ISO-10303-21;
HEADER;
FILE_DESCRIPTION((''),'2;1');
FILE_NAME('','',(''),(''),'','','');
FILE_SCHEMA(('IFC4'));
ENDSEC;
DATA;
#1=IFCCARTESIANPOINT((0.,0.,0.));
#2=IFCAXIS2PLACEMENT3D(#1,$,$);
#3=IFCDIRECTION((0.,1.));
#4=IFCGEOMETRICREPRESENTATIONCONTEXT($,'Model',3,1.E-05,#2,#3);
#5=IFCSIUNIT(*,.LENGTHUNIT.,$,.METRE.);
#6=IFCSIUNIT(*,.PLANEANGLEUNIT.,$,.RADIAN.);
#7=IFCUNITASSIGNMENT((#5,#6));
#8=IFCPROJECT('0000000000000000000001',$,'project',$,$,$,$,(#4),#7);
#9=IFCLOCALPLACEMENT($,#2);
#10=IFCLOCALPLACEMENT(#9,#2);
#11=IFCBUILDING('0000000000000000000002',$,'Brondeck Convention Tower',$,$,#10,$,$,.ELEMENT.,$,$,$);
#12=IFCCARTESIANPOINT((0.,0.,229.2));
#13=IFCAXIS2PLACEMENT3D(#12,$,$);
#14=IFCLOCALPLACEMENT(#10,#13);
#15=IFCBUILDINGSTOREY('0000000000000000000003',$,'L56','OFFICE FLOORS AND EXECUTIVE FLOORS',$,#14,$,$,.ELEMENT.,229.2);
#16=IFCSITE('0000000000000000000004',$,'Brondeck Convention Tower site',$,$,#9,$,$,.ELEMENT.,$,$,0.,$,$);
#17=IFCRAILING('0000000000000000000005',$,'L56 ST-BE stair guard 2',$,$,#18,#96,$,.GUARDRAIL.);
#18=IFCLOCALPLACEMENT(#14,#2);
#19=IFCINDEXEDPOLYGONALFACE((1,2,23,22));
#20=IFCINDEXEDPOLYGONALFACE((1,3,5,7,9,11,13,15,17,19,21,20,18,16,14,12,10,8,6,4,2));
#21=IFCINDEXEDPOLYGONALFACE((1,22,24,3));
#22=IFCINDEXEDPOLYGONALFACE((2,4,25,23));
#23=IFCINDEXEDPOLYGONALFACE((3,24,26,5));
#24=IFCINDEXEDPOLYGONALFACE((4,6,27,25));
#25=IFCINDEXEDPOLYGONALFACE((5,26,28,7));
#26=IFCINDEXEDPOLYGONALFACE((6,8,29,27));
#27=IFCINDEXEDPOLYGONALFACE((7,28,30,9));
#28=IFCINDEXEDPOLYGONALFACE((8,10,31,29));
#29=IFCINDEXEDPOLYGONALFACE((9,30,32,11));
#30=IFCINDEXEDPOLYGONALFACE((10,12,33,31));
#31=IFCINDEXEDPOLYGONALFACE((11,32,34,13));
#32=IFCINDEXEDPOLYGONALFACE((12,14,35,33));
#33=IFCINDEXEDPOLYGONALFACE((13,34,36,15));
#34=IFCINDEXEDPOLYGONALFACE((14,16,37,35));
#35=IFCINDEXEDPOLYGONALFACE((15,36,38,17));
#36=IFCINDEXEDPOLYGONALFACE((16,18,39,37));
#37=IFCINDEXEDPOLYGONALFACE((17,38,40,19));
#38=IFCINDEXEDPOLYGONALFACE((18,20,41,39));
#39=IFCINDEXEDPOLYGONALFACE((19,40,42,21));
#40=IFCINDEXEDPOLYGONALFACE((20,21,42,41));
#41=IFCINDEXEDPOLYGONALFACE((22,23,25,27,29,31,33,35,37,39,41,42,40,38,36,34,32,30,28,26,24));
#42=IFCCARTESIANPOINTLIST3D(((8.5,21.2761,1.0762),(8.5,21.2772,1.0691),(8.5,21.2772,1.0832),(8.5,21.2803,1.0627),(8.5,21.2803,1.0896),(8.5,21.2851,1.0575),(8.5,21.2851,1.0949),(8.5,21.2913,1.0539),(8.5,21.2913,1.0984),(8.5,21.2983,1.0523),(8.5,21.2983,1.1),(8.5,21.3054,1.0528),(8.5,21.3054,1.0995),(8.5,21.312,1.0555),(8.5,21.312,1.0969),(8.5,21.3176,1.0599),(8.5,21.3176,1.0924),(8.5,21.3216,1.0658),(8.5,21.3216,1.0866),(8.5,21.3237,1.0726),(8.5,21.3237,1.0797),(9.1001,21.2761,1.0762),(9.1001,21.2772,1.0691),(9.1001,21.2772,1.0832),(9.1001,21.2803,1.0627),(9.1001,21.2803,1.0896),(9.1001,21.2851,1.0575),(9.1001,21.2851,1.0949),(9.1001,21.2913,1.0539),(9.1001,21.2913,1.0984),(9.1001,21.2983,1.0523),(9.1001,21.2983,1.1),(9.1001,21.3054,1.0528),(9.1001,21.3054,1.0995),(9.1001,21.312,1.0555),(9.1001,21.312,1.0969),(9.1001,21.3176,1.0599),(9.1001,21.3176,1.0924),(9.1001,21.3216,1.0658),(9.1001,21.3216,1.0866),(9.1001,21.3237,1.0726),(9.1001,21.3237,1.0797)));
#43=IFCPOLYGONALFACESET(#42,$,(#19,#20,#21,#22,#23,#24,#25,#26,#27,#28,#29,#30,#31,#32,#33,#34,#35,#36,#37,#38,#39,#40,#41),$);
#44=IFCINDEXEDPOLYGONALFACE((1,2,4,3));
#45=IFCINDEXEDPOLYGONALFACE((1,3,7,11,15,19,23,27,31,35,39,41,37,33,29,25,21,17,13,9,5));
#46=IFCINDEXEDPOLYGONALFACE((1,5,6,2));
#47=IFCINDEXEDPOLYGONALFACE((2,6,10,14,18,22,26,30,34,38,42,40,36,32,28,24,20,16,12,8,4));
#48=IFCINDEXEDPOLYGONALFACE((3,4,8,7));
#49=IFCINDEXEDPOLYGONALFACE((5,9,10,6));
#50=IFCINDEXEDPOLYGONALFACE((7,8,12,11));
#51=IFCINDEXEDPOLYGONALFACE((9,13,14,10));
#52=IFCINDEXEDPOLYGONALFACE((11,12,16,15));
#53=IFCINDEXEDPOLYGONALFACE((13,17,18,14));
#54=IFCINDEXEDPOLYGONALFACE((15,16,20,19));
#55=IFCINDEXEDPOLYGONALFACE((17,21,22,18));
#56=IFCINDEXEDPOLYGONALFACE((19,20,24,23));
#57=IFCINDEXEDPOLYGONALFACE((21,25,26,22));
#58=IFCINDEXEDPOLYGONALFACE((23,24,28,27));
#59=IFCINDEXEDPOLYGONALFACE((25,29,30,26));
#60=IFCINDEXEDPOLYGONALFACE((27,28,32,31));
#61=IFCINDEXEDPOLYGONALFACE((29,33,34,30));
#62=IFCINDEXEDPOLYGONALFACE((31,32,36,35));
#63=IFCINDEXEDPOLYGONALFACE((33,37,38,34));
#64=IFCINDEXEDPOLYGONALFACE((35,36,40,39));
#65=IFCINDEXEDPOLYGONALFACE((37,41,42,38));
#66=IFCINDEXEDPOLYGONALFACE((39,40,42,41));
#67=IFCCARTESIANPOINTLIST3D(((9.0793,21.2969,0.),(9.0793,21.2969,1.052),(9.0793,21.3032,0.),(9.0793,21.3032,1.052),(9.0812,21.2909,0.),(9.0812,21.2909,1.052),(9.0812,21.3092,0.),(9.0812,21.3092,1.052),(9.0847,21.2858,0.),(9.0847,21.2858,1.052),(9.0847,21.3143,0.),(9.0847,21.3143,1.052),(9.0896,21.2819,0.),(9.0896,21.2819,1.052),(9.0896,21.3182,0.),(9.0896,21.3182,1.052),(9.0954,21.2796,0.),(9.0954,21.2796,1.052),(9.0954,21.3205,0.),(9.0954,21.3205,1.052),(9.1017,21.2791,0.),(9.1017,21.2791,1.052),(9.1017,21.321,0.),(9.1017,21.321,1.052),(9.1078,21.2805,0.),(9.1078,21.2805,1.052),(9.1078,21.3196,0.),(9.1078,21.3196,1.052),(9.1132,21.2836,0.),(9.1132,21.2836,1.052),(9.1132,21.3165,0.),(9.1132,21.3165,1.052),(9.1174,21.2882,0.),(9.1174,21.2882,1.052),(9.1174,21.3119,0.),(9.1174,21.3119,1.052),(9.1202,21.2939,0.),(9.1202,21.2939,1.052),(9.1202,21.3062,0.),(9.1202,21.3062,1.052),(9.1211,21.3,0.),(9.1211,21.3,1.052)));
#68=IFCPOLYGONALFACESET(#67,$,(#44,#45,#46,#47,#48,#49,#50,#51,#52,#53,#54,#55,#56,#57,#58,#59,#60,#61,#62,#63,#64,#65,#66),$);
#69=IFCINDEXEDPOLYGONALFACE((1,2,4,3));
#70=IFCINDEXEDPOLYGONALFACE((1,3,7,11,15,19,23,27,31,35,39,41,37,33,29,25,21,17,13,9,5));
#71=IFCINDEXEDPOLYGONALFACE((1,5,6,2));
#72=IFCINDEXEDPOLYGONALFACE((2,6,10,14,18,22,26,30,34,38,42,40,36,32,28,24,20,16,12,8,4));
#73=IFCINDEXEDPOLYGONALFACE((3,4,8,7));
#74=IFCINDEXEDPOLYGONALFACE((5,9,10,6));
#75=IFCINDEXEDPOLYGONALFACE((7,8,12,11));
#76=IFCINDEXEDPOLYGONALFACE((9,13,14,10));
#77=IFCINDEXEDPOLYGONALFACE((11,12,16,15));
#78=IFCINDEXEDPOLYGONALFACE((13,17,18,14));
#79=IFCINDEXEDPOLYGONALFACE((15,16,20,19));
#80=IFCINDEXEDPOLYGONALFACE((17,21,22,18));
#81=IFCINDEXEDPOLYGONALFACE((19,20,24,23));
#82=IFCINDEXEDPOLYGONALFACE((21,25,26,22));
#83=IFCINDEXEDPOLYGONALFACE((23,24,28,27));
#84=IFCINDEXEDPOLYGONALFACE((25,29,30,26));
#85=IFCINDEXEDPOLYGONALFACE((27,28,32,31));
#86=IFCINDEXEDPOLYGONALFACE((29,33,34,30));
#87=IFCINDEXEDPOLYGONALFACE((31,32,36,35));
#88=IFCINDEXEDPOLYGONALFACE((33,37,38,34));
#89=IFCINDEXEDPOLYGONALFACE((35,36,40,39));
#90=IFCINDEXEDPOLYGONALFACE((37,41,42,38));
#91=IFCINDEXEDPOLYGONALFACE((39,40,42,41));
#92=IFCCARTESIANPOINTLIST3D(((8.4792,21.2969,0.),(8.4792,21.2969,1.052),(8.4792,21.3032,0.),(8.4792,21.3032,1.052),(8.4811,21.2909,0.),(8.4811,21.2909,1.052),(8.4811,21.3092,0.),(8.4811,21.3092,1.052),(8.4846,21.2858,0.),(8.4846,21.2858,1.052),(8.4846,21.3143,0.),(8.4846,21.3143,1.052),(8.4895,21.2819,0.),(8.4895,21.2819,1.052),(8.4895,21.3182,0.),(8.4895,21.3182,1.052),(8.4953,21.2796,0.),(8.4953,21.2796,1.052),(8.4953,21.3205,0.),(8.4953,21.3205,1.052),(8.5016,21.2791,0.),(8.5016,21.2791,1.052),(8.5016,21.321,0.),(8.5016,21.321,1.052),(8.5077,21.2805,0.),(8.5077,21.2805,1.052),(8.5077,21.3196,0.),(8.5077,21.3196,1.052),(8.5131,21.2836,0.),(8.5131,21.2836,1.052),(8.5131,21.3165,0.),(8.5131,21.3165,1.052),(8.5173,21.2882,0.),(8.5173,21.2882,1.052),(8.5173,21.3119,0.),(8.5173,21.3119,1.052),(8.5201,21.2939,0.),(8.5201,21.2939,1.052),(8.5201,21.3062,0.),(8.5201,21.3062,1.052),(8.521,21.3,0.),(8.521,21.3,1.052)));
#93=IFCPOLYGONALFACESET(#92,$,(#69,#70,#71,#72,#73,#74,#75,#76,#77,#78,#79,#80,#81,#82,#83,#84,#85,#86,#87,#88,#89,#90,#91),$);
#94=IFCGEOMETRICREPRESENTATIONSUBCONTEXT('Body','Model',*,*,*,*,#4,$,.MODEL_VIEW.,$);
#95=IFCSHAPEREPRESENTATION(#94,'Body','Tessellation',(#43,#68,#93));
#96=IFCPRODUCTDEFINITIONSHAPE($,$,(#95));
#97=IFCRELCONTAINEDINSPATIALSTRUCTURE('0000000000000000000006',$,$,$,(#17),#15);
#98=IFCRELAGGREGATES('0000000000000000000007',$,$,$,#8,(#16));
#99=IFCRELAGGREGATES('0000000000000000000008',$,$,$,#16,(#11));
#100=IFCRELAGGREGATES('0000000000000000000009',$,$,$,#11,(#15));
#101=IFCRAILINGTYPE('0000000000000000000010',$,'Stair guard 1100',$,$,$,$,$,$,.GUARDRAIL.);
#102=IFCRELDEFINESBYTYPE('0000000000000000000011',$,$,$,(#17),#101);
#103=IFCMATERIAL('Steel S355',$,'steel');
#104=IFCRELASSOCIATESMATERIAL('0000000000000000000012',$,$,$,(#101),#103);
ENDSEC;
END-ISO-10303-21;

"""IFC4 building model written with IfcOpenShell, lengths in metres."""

from ifc_helpers import new_model, si_unit, direction, frame, origin, origin_2d, place, context, subcontext, project, spatial, circle, extrude, material, type_object, element, save


model = new_model("IFC4")

# Units and contexts
model_context = context("Model", 3, precision=1e-05, world=origin(), true_north=direction((0.0, 1.0)))
body_context = subcontext(model_context, "Body", "Model", "MODEL_VIEW")
ifc_project = project(units=[si_unit("LENGTHUNIT", "METRE"), si_unit("PLANEANGLEUNIT", "RADIAN")], contexts=[model_context])

# Site, building, storey
site_placement = place(None, origin())
site = spatial("IfcSite", under=ifc_project, at=site_placement, Name="Brondeck Convention Tower site", CompositionType="ELEMENT", RefElevation=0.0)
building_placement = place(site_placement, origin())
building = spatial("IfcBuilding", under=site, at=building_placement, Name="Brondeck Convention Tower", CompositionType="ELEMENT")
storey_placement = place(building_placement, frame((0.0, 0.0, 229.2)))
storey = spatial("IfcBuildingStorey", under=building, at=storey_placement, Name="L56", Description="OFFICE FLOORS AND EXECUTIVE FLOORS", CompositionType="ELEMENT", Elevation=229.2)

# Railing
ifc_material_1 = material(Name="Steel S355", Category="steel")
railing_type = type_object("IfcRailingType", Name="Stair guard 1100", PredefinedType="GUARDRAIL", material=ifc_material_1)
railing_placement = place(storey_placement, frame((9.1001, 21.3, 0.0)))
element("IfcRailing", 1, at=railing_placement, inside=storey, type_object=railing_type, Name="L56 ST-BE stair guard 2", PredefinedType="GUARDRAIL", context=body_context, shape_type="SweptSolid", body=[
    extrude(circle(Radius=0.0239, at=origin_2d()), frame((0.0, 0.0, 1.0762), z_axis=(-1.0, 0.0, 0.0), x_axis=(0.0, -1.0, 0.0)), (0.0, 0.0, 1.0), 0.6001),
    extrude(circle(Radius=0.021, at=origin_2d()), origin(), (0.0, 0.0, 1.0), 1.052),
    extrude(circle(Radius=0.021, at=origin_2d()), frame((-0.6001, 0.0, 0.0)), (0.0, 0.0, 1.0), 1.052),
])

save(model, "model.ifc")
